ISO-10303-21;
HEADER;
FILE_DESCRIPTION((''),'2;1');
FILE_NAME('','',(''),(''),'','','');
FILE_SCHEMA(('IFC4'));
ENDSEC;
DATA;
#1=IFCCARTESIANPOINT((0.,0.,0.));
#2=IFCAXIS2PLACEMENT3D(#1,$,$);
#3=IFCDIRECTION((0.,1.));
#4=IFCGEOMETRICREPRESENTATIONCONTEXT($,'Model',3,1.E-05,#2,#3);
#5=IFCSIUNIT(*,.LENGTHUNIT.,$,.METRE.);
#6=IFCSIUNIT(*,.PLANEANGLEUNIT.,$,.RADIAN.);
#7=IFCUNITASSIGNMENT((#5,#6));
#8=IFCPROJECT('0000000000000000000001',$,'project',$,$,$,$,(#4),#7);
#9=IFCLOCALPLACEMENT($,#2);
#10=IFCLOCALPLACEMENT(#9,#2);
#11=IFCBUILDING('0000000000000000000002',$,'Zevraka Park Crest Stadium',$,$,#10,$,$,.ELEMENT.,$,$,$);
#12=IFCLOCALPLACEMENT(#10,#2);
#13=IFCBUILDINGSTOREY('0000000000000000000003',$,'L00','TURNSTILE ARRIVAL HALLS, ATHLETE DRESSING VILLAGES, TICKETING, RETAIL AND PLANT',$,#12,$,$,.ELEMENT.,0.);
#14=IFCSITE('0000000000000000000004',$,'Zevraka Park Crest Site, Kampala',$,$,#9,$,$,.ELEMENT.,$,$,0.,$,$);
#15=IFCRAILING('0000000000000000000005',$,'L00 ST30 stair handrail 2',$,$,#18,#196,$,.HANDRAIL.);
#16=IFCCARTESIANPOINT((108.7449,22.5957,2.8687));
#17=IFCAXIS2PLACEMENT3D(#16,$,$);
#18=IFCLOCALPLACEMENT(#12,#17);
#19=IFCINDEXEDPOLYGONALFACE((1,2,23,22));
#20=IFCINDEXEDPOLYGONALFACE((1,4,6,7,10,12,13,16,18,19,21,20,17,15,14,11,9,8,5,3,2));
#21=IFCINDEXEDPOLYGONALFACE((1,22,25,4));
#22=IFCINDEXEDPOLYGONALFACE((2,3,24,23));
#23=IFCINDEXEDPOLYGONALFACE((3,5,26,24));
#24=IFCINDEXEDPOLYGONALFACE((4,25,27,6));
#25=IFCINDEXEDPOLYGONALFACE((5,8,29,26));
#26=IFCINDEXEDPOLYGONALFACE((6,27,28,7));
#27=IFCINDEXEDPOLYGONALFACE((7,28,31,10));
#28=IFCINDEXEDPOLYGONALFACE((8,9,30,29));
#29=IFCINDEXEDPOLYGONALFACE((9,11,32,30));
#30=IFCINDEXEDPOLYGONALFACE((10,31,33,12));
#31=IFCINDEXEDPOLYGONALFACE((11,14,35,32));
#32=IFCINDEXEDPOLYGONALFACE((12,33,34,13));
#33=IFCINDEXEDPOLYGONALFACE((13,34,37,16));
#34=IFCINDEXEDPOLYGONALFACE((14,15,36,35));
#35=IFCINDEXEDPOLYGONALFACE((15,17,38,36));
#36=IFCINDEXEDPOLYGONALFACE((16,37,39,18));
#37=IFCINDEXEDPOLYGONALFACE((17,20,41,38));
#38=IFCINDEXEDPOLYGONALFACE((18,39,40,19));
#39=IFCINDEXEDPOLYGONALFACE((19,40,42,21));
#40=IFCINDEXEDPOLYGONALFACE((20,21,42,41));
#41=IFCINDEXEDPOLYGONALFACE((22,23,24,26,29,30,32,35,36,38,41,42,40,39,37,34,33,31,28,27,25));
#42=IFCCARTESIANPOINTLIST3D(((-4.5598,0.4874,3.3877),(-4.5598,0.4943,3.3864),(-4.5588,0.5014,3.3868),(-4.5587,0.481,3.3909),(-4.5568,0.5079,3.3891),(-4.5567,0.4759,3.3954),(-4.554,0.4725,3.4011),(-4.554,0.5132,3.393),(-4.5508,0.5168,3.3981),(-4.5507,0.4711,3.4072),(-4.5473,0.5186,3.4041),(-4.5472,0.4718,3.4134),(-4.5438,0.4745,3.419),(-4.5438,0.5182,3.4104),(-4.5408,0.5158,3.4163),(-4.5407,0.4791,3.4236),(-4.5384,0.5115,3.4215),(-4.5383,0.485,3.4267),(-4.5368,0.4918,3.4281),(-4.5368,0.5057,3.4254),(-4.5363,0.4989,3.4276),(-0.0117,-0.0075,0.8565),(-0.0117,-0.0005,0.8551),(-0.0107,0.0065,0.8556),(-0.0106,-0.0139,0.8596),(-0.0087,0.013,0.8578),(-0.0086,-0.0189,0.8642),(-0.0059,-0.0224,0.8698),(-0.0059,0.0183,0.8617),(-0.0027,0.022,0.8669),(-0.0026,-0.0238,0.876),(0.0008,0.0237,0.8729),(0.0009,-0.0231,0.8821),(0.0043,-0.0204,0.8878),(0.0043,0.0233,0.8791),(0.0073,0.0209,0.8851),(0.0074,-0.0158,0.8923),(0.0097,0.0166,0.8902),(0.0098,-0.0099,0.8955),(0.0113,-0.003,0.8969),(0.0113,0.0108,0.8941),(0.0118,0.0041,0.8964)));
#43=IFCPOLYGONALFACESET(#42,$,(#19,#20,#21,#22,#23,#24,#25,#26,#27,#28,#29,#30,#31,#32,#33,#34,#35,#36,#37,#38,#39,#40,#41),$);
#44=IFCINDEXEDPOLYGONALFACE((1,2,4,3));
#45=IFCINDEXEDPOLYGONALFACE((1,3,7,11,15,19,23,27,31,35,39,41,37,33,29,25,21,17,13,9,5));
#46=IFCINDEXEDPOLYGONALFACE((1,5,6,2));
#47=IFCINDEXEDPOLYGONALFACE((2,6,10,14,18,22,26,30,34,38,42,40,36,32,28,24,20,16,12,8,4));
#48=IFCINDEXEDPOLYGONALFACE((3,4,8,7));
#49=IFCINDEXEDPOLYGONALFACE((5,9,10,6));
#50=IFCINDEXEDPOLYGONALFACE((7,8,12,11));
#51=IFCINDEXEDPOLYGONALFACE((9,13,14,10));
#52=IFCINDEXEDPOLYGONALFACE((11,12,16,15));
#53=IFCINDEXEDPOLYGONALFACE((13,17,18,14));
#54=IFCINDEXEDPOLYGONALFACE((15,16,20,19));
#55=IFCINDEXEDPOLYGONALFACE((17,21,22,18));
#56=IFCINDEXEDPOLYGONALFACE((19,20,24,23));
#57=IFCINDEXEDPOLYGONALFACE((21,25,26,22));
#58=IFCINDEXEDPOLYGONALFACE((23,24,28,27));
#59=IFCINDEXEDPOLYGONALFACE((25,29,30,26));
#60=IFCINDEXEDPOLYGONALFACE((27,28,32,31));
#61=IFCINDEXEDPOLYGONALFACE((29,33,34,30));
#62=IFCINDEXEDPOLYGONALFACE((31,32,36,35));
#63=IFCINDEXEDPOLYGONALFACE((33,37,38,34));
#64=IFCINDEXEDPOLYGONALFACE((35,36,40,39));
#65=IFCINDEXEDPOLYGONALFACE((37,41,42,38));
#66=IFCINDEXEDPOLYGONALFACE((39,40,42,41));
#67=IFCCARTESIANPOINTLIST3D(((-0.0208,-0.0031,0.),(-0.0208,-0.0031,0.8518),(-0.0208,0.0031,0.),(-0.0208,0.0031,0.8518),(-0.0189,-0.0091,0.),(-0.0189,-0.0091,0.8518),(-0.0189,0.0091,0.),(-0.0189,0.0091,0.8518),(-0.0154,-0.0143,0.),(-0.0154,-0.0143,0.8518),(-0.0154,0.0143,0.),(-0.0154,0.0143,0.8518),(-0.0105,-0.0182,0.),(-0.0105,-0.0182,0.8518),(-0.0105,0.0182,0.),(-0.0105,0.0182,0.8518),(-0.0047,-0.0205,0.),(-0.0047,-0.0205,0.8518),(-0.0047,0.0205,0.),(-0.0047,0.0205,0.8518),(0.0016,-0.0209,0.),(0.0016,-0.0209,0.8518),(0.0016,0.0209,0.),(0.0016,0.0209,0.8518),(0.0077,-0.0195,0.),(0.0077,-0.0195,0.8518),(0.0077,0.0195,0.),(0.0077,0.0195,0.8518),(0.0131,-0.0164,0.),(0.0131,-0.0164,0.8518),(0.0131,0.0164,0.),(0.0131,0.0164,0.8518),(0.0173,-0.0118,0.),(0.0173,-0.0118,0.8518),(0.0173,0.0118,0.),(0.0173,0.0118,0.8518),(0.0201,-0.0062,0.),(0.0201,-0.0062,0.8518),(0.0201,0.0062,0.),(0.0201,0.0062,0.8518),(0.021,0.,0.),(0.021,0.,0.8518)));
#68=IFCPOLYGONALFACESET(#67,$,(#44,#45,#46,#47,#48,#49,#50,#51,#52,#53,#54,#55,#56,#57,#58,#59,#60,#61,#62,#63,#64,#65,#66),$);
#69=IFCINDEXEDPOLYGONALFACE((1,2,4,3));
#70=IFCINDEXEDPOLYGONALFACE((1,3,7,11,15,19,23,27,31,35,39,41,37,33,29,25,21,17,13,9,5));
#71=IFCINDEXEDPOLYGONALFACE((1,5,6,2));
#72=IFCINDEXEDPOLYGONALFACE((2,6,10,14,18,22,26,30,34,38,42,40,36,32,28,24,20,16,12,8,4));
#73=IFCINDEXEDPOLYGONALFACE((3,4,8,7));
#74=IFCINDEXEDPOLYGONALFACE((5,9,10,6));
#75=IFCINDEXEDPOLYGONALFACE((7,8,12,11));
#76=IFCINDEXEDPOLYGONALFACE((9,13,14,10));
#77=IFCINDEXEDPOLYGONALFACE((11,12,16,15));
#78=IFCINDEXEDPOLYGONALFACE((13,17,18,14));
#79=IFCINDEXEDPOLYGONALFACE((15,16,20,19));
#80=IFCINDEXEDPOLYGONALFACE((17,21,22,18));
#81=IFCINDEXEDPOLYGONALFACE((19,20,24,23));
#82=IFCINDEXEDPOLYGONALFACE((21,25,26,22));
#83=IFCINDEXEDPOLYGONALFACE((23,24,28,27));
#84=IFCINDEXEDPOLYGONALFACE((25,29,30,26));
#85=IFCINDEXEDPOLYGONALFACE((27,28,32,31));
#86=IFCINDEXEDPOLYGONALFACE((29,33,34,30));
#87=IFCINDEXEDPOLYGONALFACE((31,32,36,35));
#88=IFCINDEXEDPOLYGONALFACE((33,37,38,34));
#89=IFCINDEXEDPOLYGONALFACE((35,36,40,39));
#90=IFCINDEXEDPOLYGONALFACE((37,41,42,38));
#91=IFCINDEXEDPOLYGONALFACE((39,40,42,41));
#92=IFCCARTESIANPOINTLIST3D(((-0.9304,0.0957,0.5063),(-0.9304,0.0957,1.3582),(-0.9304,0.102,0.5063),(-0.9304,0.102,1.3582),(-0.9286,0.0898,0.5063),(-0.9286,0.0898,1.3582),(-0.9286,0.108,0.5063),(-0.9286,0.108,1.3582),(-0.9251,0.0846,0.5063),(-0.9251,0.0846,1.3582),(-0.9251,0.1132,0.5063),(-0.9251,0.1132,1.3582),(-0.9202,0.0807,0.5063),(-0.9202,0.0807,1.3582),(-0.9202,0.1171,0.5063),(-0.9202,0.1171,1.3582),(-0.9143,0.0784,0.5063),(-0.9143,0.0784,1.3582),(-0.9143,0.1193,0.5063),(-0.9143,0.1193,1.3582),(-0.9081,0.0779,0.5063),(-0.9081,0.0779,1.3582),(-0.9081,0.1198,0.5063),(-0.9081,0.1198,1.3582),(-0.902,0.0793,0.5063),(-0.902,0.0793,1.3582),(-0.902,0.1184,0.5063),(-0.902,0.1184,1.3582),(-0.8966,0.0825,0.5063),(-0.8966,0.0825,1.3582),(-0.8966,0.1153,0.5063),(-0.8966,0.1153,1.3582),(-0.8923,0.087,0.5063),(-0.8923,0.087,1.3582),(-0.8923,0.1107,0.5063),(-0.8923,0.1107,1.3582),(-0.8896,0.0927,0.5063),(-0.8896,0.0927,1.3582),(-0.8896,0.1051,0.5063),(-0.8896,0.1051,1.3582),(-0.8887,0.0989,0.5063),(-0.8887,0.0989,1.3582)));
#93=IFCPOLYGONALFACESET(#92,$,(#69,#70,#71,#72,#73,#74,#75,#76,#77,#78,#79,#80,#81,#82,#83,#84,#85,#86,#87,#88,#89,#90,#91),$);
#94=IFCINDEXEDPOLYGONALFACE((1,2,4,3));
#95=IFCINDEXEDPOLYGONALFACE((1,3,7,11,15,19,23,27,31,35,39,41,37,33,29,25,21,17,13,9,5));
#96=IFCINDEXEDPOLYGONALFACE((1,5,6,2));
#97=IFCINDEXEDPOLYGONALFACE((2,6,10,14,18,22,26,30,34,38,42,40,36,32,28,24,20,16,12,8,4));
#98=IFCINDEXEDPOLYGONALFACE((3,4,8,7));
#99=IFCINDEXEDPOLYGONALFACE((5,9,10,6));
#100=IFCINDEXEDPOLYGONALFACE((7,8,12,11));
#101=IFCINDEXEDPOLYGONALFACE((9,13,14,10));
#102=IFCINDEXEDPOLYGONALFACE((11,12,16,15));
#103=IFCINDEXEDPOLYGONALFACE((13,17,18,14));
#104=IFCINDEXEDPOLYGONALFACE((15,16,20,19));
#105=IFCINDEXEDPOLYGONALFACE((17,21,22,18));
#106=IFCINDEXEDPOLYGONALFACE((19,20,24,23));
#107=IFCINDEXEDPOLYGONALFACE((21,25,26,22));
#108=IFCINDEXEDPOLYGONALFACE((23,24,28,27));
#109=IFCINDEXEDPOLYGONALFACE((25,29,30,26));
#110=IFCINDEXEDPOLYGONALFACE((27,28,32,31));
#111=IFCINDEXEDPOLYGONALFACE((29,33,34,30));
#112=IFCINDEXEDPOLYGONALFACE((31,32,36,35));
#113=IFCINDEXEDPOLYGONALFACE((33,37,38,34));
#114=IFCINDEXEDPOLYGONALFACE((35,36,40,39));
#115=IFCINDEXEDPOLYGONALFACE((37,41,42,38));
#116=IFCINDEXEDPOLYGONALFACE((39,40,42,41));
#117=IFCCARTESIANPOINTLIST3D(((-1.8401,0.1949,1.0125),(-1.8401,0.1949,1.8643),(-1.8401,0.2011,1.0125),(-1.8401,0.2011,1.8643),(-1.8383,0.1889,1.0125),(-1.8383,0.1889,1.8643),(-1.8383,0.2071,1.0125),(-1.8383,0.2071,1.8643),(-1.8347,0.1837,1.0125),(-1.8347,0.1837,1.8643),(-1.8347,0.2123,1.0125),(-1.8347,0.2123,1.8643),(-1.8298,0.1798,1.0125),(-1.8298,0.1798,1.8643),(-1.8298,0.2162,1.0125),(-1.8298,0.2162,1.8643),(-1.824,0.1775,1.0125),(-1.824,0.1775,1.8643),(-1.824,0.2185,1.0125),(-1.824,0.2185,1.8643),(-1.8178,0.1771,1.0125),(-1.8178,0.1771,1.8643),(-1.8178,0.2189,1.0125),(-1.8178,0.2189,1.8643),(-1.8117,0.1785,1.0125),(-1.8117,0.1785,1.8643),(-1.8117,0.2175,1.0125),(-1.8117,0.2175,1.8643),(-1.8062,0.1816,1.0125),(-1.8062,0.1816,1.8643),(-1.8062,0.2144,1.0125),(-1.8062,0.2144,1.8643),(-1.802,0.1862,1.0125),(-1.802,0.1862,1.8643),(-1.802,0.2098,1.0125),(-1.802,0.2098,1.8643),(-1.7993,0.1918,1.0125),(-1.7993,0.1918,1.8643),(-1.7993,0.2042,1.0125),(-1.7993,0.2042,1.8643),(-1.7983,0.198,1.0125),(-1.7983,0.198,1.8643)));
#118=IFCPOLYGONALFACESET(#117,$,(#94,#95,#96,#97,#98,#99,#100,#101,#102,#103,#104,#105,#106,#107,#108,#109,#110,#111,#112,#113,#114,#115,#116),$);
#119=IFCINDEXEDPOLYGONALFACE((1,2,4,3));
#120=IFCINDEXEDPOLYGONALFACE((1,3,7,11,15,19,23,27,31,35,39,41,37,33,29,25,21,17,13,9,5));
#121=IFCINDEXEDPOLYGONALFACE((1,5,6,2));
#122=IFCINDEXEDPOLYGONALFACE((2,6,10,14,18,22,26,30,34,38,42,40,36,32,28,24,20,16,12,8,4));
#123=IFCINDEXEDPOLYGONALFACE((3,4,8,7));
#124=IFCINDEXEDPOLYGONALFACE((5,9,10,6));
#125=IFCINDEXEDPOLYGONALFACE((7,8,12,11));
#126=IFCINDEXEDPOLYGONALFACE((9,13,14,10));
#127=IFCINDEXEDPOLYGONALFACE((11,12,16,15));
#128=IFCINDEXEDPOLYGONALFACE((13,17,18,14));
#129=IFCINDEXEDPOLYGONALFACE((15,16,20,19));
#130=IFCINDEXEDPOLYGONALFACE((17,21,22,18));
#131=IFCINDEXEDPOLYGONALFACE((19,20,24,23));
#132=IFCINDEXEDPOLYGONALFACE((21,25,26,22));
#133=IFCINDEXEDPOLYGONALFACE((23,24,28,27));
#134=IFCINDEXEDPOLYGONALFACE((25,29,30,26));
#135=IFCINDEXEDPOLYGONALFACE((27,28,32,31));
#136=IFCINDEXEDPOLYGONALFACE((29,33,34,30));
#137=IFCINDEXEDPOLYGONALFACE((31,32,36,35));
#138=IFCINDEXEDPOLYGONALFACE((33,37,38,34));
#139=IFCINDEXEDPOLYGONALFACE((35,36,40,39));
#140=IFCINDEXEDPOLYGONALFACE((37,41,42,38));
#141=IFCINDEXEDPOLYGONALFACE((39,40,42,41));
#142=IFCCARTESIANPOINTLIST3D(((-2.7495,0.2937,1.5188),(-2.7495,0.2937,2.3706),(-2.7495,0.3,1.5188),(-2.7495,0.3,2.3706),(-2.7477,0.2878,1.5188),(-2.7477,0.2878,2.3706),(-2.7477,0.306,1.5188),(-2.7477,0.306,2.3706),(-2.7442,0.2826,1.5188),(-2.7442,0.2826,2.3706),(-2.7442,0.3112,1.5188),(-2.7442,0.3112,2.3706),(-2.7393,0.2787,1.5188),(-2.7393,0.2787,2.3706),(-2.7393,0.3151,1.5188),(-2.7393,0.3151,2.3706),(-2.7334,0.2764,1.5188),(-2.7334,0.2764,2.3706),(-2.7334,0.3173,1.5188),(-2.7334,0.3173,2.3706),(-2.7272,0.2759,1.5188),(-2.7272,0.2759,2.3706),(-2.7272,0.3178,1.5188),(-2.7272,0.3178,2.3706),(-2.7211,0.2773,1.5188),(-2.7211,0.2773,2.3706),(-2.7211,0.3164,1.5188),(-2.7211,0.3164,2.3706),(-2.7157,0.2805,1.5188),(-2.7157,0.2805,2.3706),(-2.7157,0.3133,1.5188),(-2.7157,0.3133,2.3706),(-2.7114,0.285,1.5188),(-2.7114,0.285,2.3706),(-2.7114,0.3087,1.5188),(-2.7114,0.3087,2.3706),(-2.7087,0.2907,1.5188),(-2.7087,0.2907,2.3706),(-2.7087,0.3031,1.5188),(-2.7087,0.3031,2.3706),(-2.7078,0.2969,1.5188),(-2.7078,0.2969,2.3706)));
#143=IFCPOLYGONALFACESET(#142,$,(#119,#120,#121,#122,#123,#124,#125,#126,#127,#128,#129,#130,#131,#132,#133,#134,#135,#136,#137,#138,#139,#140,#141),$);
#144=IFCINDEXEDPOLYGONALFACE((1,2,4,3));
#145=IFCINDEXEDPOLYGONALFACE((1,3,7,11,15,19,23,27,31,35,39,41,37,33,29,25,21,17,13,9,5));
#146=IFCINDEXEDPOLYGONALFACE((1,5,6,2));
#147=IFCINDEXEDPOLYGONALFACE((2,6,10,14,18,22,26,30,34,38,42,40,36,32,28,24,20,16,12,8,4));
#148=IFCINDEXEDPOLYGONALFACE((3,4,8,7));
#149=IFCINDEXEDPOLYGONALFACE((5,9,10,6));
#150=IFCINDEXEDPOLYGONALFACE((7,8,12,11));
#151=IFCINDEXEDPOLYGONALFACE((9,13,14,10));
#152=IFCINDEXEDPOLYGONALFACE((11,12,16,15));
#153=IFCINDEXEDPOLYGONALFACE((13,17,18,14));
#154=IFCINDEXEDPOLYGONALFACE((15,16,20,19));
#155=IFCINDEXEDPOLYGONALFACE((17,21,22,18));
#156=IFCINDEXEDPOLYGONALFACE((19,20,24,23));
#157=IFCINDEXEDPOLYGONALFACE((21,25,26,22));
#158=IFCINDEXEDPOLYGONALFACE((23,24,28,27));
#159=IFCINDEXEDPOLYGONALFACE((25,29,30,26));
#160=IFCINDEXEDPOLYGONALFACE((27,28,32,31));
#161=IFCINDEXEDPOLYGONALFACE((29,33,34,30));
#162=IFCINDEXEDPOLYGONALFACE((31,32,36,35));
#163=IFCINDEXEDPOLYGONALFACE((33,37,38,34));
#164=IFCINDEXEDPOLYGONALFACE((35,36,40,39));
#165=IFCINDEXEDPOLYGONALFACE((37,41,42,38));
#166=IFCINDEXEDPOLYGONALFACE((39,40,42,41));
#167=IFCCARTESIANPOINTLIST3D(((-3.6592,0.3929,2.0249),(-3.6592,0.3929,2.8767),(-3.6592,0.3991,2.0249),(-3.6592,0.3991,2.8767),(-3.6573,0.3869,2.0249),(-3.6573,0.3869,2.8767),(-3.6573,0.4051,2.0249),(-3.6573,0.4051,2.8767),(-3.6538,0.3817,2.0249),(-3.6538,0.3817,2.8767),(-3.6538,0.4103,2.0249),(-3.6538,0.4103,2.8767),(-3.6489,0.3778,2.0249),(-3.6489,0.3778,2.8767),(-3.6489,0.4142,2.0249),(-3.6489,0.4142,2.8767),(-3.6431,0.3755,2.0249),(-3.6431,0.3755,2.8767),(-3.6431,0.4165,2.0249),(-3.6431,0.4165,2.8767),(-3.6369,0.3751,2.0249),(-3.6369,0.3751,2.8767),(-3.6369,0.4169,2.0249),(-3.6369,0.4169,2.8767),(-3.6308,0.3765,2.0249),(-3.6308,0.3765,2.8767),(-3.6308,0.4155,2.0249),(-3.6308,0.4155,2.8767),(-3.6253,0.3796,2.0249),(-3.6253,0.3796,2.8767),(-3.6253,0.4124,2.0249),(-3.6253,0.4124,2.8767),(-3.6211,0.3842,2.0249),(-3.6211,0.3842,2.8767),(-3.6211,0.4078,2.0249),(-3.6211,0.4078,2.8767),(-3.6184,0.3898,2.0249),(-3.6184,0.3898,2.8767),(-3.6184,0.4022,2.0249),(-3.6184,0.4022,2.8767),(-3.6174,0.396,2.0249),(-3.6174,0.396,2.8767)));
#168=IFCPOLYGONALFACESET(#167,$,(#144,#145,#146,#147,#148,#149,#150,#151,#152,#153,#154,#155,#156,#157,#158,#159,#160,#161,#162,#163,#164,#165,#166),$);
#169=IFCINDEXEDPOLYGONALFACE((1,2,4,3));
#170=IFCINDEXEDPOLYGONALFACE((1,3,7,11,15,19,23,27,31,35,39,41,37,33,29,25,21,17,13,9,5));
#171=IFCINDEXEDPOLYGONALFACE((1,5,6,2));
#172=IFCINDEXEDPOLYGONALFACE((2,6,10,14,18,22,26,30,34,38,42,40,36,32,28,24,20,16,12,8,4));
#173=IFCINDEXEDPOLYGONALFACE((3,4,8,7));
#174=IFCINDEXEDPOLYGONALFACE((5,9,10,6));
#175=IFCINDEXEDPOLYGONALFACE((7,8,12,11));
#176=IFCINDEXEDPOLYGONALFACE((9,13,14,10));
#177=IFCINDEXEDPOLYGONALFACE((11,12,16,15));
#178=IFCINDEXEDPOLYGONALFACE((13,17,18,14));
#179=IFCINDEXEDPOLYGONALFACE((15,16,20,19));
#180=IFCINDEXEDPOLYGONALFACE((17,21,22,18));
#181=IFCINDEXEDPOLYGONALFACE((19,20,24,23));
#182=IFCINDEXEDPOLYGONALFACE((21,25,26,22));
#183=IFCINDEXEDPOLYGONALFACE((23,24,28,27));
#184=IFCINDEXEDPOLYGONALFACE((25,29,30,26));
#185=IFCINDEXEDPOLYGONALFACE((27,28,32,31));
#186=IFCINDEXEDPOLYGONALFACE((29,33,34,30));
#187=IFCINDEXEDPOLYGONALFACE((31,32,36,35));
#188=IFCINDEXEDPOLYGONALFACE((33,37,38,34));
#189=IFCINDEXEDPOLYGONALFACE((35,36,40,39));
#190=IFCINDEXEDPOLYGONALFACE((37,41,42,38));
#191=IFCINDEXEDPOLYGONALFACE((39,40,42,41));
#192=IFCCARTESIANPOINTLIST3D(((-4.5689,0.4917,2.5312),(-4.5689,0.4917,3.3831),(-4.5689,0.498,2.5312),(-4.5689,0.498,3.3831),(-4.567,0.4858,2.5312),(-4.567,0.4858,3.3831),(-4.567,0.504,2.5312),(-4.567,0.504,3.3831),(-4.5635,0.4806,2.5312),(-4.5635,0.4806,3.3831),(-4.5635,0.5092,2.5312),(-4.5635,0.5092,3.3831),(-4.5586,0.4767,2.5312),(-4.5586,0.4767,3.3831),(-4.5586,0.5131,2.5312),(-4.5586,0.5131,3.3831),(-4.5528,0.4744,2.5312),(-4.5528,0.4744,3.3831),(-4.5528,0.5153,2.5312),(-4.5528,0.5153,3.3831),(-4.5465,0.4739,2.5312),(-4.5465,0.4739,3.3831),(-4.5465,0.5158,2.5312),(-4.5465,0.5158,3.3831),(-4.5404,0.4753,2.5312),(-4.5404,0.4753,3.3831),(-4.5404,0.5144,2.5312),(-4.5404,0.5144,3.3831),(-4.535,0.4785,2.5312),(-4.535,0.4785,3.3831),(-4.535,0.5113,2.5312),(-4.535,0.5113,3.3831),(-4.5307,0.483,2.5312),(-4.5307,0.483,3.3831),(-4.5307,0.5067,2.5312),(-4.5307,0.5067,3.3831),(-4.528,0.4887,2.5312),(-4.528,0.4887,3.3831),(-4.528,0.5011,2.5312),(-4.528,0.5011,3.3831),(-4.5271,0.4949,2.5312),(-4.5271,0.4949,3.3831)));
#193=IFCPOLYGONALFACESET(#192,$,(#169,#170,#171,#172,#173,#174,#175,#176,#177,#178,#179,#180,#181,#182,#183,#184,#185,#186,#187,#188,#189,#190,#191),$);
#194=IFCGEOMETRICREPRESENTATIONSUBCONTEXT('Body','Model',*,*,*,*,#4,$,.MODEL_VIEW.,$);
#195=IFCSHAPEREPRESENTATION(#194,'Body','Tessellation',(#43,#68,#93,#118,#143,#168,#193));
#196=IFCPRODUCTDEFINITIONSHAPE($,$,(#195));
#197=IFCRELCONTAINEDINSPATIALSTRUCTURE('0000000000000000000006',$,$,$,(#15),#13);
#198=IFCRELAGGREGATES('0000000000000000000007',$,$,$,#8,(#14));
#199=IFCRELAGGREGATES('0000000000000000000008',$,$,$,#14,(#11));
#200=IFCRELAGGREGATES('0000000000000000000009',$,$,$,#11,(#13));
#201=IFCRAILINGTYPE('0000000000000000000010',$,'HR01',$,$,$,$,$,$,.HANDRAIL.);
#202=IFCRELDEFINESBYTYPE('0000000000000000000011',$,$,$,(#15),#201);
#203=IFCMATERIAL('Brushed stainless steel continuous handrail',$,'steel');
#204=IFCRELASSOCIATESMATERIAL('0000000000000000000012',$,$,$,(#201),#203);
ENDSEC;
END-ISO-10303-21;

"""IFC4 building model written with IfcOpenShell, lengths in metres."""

from ifc_helpers import new_model, si_unit, direction, frame, origin, origin_2d, place, context, subcontext, project, spatial, circle, extrude, material, type_object, element, save


model = new_model("IFC4")

# Units and contexts
model_context = context("Model", 3, precision=1e-05, world=origin(), true_north=direction((0.0, 1.0)))
body_context = subcontext(model_context, "Body", "Model", "MODEL_VIEW")
ifc_project = project(units=[si_unit("LENGTHUNIT", "METRE"), si_unit("PLANEANGLEUNIT", "RADIAN")], contexts=[model_context])

# Site, building, storey
site_placement = place(None, origin())
site = spatial("IfcSite", under=ifc_project, at=site_placement, Name="Zevraka Park Crest Site, Kampala", CompositionType="ELEMENT", RefElevation=0.0)
building_placement = place(site_placement, origin())
building = spatial("IfcBuilding", under=site, at=building_placement, Name="Zevraka Park Crest Stadium", CompositionType="ELEMENT")
storey_placement = place(building_placement, origin())
storey = spatial("IfcBuildingStorey", under=building, at=storey_placement, Name="L00", Description="TURNSTILE ARRIVAL HALLS, ATHLETE DRESSING VILLAGES, TICKETING, RETAIL AND PLANT", CompositionType="ELEMENT", Elevation=0.0)

# Railing
ifc_material_1 = material(Name="Brushed stainless steel continuous handrail", Category="steel")
railing_type_1 = type_object("IfcRailingType", Name="HR01", PredefinedType="HANDRAIL", material=ifc_material_1)
railing_1_placement = place(storey_placement, frame((108.7449, 22.5957, 2.8687)))
element("IfcRailing", 1, at=railing_1_placement, inside=storey, type_object=railing_type_1, Name="L00 ST30 stair handrail 2", PredefinedType="HANDRAIL", context=body_context, shape_type="SweptSolid", body=[
    extrude(circle(Radius=0.0239, at=origin_2d()), frame((0.0, 0.0, 0.876), z_axis=(-0.869865, 0.094649, 0.484125), x_axis=(-0.10817, -0.994132, 0.0)), (0.0, 0.0, 1.0), 5.2285),
    extrude(circle(Radius=0.021, at=origin_2d()), origin(), (0.0, 0.0, 1.0), 0.8518),
    extrude(circle(Radius=0.021, at=origin_2d()), frame((-0.9097, 0.0989, 0.5063)), (0.0, 0.0, 1.0), 0.8518),
    extrude(circle(Radius=0.021, at=origin_2d()), frame((-1.8193, 0.198, 1.0125)), (0.0, 0.0, 1.0), 0.8518),
    extrude(circle(Radius=0.021, at=origin_2d()), frame((-2.7288, 0.2969, 1.5188)), (0.0, 0.0, 1.0), 0.8518),
    extrude(circle(Radius=0.021, at=origin_2d()), frame((-3.6384, 0.396, 2.0249)), (0.0, 0.0, 1.0), 0.8518),
    extrude(circle(Radius=0.021, at=origin_2d()), frame((-4.5481, 0.4949, 2.5312)), (0.0, 0.0, 1.0), 0.8518),
])

save(model, "model.ifc")
